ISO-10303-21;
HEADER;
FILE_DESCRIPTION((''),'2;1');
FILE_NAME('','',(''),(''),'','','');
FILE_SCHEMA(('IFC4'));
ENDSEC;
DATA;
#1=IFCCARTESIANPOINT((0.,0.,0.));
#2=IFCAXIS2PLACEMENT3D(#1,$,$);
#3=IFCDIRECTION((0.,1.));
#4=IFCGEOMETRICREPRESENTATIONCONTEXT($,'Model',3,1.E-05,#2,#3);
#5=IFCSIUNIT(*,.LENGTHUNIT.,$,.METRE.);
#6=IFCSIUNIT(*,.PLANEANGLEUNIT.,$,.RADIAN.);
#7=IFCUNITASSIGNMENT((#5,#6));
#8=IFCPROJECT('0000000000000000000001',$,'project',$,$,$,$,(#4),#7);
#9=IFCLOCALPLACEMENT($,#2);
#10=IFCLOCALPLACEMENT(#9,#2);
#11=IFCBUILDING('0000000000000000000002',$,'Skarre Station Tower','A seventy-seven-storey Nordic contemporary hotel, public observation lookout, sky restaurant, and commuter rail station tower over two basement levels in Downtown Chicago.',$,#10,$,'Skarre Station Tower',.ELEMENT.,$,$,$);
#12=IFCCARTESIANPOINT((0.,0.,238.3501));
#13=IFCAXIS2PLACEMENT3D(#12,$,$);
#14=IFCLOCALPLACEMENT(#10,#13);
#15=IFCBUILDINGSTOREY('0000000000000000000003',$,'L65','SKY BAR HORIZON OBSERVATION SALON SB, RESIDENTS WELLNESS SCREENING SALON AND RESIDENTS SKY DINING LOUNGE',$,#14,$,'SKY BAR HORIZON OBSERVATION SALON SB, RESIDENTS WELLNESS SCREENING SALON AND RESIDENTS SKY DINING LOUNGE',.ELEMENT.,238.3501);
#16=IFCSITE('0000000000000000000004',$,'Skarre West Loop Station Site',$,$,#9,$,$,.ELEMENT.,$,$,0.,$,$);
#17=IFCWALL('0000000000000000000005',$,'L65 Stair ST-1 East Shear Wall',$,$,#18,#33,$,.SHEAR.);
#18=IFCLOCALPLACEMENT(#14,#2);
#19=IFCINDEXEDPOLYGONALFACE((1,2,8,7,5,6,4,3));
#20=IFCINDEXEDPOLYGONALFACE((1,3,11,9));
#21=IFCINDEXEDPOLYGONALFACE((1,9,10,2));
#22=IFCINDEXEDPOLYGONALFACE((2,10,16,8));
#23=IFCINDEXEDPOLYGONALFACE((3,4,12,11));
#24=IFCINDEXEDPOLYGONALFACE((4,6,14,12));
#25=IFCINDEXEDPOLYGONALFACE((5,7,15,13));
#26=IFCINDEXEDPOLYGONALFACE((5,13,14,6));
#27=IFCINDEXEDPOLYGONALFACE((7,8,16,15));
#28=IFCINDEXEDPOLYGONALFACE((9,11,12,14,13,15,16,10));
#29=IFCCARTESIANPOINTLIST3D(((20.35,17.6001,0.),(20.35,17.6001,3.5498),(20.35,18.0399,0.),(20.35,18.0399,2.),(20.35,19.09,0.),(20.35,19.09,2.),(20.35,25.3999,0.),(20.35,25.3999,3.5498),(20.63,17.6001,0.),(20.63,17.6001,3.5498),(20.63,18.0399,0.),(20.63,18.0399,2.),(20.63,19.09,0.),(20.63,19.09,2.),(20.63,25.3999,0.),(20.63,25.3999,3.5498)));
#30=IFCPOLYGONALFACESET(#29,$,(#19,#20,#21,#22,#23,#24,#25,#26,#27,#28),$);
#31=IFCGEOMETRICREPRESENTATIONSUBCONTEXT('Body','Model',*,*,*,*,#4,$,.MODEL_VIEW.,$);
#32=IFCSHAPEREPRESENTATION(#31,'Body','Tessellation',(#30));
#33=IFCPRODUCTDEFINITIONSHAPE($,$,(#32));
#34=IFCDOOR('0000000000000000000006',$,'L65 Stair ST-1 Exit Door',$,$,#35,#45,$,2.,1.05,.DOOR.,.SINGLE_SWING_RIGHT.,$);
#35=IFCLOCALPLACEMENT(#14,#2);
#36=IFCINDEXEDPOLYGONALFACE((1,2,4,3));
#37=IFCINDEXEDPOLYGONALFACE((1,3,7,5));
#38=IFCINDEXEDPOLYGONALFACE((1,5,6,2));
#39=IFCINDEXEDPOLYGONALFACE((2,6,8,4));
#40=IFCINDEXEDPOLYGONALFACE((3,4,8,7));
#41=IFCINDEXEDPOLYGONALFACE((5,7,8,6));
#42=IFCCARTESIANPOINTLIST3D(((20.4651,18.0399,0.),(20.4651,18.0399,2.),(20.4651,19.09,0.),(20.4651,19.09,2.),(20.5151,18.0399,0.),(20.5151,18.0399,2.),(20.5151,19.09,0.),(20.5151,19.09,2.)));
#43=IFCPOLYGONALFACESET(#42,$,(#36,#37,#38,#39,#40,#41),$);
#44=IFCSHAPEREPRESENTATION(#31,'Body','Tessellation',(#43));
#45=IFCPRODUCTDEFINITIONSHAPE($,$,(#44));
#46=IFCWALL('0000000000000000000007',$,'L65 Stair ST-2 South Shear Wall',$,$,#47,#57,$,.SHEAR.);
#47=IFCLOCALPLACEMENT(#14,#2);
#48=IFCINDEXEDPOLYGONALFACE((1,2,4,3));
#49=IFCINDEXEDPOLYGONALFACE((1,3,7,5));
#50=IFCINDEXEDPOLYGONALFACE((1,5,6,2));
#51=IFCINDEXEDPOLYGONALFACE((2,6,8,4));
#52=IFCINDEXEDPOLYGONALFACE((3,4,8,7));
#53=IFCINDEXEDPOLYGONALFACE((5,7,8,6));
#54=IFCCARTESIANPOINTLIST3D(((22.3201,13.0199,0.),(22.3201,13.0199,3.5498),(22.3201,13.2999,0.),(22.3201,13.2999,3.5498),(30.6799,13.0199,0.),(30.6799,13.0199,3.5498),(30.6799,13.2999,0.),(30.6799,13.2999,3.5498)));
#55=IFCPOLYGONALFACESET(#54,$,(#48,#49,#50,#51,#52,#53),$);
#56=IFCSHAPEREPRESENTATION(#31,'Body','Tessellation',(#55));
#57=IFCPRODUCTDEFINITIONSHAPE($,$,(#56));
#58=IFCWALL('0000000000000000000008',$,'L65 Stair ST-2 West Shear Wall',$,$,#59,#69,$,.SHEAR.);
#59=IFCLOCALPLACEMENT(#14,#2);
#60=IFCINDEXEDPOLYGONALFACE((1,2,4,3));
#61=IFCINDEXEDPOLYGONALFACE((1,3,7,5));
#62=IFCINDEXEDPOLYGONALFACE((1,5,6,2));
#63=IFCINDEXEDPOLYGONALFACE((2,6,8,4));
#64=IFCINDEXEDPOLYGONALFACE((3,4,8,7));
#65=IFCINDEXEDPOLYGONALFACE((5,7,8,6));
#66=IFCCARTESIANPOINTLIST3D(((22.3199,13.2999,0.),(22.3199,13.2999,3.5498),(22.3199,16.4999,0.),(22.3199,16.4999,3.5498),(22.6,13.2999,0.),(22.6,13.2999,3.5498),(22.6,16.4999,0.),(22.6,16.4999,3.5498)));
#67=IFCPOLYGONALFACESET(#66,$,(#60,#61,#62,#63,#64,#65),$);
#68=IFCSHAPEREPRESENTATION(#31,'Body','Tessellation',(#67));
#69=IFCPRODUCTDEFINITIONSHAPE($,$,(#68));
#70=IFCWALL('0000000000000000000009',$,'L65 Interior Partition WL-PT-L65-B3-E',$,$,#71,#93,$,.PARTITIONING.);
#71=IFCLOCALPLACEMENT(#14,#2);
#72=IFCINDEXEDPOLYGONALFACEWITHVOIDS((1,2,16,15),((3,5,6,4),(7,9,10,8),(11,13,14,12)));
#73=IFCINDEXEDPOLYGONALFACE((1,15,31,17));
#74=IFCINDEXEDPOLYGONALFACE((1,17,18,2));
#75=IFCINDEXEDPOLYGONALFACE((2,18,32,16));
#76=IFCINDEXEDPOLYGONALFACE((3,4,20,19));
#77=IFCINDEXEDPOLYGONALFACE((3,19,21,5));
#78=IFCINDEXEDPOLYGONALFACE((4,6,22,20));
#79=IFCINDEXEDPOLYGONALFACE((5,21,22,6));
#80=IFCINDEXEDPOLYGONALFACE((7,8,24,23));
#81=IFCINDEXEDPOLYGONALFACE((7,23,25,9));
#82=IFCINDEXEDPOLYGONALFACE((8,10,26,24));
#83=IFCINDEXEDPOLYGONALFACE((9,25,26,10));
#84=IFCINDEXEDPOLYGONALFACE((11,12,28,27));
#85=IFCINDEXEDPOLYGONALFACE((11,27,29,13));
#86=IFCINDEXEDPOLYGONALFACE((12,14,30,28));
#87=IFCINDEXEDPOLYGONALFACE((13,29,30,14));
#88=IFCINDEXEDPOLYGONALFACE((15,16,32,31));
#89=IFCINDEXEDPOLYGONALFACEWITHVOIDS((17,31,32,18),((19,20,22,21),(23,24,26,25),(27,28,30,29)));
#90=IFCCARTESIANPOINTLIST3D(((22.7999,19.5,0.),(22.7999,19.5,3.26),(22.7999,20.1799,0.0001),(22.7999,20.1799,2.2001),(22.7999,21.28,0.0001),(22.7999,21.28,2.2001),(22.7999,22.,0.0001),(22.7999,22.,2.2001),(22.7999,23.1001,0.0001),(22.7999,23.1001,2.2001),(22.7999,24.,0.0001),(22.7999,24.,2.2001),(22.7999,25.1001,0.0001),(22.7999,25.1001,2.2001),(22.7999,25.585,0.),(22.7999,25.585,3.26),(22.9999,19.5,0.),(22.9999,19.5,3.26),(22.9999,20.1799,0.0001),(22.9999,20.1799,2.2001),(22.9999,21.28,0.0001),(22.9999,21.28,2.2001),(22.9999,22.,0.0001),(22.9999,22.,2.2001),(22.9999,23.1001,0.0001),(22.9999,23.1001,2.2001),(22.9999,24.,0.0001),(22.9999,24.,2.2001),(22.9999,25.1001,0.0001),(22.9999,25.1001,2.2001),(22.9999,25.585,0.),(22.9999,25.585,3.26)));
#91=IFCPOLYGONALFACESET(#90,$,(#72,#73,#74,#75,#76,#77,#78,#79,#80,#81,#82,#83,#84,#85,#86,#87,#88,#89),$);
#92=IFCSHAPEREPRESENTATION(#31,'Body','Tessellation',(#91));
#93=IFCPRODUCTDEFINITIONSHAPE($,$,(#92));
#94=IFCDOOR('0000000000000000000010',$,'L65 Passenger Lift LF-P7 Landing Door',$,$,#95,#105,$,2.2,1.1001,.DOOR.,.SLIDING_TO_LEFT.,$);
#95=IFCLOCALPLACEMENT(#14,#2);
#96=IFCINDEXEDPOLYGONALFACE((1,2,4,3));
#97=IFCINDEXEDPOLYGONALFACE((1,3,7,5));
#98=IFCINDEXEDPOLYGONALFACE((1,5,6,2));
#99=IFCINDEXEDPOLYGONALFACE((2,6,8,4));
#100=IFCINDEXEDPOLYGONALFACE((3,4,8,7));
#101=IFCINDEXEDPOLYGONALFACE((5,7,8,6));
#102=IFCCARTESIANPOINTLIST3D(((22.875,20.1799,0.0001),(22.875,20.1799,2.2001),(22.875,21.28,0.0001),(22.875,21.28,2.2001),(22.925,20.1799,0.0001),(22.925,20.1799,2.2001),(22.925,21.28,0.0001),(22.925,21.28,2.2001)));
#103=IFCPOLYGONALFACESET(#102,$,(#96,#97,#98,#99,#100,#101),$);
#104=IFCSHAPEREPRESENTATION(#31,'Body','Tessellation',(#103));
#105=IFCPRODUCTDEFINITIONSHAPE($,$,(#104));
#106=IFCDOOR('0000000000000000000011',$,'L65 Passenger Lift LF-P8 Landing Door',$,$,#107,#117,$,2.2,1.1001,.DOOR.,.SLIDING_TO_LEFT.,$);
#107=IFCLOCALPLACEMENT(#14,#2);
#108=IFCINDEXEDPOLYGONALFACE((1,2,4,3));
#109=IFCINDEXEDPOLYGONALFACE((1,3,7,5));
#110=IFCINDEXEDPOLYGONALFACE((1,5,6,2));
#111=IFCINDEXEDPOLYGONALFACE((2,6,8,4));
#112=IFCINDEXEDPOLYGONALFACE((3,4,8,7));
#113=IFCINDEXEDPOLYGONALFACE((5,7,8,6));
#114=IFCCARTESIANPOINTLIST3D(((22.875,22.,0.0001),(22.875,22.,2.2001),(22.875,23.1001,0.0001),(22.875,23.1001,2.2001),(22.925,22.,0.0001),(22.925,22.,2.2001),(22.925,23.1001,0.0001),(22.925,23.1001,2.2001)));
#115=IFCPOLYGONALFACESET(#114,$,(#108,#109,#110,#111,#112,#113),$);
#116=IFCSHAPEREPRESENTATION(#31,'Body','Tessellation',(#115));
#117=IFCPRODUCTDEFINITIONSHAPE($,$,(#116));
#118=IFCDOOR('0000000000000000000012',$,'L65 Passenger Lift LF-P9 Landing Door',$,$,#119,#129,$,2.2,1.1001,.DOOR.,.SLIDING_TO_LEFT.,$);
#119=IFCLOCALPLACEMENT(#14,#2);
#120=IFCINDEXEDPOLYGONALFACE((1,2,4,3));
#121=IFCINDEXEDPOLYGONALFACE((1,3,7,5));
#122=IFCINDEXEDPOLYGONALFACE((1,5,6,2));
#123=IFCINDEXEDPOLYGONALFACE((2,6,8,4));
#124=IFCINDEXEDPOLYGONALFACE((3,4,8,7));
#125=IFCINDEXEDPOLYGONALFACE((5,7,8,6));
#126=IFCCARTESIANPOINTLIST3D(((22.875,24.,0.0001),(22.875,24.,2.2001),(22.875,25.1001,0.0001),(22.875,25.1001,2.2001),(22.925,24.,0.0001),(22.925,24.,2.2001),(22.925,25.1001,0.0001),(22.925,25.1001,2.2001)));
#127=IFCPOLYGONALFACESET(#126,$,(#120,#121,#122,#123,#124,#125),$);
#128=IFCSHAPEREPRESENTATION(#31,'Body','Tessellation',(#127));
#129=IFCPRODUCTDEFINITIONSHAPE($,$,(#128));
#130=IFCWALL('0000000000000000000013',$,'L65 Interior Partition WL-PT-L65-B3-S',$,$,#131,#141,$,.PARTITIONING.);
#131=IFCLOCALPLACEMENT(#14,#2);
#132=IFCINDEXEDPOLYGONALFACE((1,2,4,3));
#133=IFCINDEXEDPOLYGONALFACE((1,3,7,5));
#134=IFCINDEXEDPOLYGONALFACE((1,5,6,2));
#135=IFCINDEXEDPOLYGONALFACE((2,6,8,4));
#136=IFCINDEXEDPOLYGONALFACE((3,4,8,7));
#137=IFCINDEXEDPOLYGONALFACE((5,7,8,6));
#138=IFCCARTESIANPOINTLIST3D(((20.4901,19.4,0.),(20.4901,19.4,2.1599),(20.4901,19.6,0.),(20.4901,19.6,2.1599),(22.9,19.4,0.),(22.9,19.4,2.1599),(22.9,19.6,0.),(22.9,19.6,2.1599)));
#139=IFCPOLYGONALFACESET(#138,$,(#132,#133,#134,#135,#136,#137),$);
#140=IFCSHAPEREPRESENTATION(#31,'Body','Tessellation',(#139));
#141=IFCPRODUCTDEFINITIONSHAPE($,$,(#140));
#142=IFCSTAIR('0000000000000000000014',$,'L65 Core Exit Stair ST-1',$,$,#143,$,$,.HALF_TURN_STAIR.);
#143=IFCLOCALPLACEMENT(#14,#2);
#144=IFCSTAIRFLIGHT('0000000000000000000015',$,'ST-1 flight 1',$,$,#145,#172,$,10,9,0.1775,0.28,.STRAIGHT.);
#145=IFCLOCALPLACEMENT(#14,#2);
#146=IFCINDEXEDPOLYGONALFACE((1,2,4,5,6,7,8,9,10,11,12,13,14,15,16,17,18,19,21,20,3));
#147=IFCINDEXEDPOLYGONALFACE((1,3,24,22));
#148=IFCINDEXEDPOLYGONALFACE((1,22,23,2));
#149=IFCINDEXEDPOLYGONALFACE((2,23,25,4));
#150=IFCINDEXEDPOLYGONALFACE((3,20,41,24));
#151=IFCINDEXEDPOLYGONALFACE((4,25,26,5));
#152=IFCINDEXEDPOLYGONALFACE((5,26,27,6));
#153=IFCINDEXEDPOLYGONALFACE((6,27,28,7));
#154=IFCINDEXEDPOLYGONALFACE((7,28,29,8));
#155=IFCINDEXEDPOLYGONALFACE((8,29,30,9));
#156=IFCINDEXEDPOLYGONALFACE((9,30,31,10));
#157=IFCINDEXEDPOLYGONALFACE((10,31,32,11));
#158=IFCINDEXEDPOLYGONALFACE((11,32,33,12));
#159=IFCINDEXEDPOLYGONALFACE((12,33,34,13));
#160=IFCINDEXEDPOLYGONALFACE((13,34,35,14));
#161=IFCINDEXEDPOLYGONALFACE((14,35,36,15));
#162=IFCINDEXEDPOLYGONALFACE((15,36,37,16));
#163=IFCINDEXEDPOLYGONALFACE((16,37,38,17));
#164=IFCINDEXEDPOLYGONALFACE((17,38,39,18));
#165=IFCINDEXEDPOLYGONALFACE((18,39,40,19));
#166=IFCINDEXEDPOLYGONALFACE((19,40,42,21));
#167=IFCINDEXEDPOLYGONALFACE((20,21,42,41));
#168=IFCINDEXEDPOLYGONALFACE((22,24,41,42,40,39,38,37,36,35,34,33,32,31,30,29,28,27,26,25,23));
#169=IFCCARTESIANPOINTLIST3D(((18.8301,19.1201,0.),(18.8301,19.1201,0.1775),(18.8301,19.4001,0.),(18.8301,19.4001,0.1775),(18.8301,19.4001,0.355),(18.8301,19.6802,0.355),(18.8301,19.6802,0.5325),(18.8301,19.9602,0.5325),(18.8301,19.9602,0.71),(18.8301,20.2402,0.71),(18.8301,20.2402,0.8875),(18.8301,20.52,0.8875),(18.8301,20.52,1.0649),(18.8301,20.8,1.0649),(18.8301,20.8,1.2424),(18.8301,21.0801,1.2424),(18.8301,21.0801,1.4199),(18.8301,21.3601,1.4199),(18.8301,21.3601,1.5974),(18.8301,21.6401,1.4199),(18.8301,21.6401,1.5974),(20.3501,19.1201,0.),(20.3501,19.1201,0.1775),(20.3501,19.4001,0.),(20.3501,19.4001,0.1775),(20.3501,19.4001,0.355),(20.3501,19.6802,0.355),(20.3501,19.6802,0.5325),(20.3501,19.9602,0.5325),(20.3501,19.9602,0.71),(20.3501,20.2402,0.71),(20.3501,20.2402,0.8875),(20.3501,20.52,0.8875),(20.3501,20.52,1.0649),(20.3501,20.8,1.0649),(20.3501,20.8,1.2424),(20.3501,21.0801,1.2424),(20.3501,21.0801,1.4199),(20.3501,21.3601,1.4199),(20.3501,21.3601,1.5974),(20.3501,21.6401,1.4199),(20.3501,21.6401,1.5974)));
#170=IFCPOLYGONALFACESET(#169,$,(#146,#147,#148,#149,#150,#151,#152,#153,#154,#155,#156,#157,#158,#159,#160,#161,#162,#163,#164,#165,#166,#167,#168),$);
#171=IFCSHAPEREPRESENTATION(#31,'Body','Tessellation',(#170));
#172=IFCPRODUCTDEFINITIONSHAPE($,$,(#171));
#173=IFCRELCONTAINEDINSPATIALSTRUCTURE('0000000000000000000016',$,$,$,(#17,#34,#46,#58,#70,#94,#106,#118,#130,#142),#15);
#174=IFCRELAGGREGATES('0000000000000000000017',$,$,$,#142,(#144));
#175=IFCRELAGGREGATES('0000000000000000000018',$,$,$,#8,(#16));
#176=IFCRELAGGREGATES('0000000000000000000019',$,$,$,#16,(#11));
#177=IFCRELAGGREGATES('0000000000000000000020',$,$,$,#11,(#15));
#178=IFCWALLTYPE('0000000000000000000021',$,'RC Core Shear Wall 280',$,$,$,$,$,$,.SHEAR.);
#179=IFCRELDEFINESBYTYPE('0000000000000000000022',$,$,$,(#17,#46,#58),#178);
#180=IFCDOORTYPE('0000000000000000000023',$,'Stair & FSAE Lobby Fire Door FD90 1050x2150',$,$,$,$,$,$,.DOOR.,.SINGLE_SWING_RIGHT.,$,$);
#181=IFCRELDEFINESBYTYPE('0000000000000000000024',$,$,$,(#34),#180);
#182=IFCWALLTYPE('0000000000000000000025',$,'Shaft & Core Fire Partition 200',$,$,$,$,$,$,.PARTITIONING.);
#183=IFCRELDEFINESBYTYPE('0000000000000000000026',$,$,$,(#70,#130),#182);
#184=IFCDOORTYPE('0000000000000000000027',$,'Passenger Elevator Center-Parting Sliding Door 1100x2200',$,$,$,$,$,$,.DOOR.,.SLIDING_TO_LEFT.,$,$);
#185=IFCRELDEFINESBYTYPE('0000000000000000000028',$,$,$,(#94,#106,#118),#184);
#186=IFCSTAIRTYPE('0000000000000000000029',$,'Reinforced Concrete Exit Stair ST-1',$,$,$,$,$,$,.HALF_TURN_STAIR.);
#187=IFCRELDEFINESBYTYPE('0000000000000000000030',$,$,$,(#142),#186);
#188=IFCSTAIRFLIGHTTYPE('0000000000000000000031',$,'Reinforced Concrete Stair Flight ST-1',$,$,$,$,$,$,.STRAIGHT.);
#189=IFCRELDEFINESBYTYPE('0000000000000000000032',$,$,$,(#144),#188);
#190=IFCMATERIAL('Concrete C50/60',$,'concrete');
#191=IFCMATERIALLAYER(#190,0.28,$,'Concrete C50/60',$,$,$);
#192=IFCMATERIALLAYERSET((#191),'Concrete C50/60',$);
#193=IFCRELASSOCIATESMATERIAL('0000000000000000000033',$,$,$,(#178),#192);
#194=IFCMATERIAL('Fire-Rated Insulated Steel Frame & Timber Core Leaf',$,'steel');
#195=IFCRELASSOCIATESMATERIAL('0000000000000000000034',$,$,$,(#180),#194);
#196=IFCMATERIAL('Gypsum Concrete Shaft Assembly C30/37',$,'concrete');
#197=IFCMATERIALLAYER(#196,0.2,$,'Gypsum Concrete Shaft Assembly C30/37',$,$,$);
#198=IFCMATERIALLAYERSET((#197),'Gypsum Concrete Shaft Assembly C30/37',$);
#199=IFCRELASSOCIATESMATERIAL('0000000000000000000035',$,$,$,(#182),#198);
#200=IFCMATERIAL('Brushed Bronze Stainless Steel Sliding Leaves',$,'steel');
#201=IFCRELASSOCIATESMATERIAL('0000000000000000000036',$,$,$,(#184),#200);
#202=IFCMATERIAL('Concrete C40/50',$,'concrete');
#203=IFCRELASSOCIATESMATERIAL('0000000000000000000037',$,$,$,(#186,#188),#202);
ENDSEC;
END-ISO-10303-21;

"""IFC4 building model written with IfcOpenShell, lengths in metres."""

from ifc_helpers import new_model, si_unit, direction, frame, frame_2d, origin, place, context, subcontext, project, spatial, polyline, rectangle, outline, extrude, material, layer, layer_set, type_object, element, fill, aggregate, save


model = new_model("IFC4")

# Units and contexts
model_context = context("Model", 3, precision=1e-05, world=origin(), true_north=direction((0.0, 1.0)))
body_context = subcontext(model_context, "Body", "Model", "MODEL_VIEW")
ifc_project = project(units=[si_unit("LENGTHUNIT", "METRE"), si_unit("PLANEANGLEUNIT", "RADIAN")], contexts=[model_context])

# Site, building, storey
site_placement = place(None, origin())
site = spatial("IfcSite", under=ifc_project, at=site_placement, Name="Skarre West Loop Station Site", CompositionType="ELEMENT", RefElevation=0.0)
building_placement = place(site_placement, origin())
building = spatial("IfcBuilding", under=site, at=building_placement, Name="Skarre Station Tower", Description="A seventy-seven-storey Nordic contemporary hotel, public observation lookout, sky restaurant, and commuter rail station tower over two basement levels in Downtown Chicago.", LongName="Skarre Station Tower", CompositionType="ELEMENT")
storey_placement = place(building_placement, frame((0.0, 0.0, 238.3501)))
storey = spatial("IfcBuildingStorey", under=building, at=storey_placement, Name="L65", Description="SKY BAR HORIZON OBSERVATION SALON SB, RESIDENTS WELLNESS SCREENING SALON AND RESIDENTS SKY DINING LOUNGE", LongName="SKY BAR HORIZON OBSERVATION SALON SB, RESIDENTS WELLNESS SCREENING SALON AND RESIDENTS SKY DINING LOUNGE", CompositionType="ELEMENT", Elevation=238.3501)

# Shared definitions
ifc_material_1 = material(Name="Concrete C50/60", Category="concrete")

# Wall, opening, door
ifc_layer_1 = layer(ifc_material_1, 0.28, Name="Concrete C50/60")
ifc_layer_set_1 = layer_set([ifc_layer_1], Name="Concrete C50/60")
wall_type_1 = type_object("IfcWallType", Name="RC Core Shear Wall 280", PredefinedType="SHEAR", material=ifc_layer_set_1)
wall_1_placement = place(storey_placement, frame((20.49, 17.6001, 0.0), z_axis=(0.0, 0.0, 1.0), x_axis=(0.0, 1.0, 0.0)))
wall_1 = element("IfcWall", 1, at=wall_1_placement, inside=storey, type_object=wall_type_1, Name="L65 Stair ST-1 East Shear Wall", PredefinedType="SHEAR", context=body_context, shape_type="SweptSolid", body=[
    extrude(rectangle(XDim=7.7998, YDim=0.28, at=frame_2d((3.8999, 0.0))), origin(), (0.0, 0.0, 1.0), 3.5498),
])
opening_1_placement = place(wall_1_placement, frame((0.4399, 0.0, 0.0)))
opening_1 = element("IfcOpeningElement", 2, at=opening_1_placement, cuts=wall_1, PredefinedType="OPENING", context=body_context, shape_type="SweptSolid", body=[
    extrude(rectangle(XDim=1.05, YDim=2.0, at=frame_2d((0.5249, 1.0))), frame((0.0, 0.1499, 0.0), z_axis=(0.0, -1.0, 0.0), x_axis=(1.0, 0.0, 0.0)), (0.0, 0.0, 1.0), 0.3),
])
ifc_material_2 = material(Name="Fire-Rated Insulated Steel Frame & Timber Core Leaf", Category="steel")
door_type_1 = type_object("IfcDoorType", Name="Stair & FSAE Lobby Fire Door FD90 1050x2150", OperationType="SINGLE_SWING_RIGHT", PredefinedType="DOOR", material=ifc_material_2)
door_1_placement = place(opening_1_placement, origin())
door_1 = element("IfcDoor", 3, at=door_1_placement, inside=storey, type_object=door_type_1, Name="L65 Stair ST-1 Exit Door", OperationType="SINGLE_SWING_RIGHT", OverallHeight=2.0, OverallWidth=1.05, PredefinedType="DOOR", context=body_context, shape_type="SweptSolid", body=[
    extrude(rectangle(XDim=1.05, YDim=2.0, at=frame_2d((0.5249, 1.0))), frame((0.0, 0.0249, 0.0), z_axis=(0.0, -1.0, 0.0), x_axis=(1.0, 0.0, 0.0)), (0.0, 0.0, 1.0), 0.05),
])
fill(opening_1, door_1)

# Walls
wall_2_placement = place(storey_placement, frame((22.3201, 13.1599, 0.0), z_axis=(0.0, 0.0, 1.0), x_axis=(1.0, 0.0, 0.0)))
element("IfcWall", 4, at=wall_2_placement, inside=storey, type_object=wall_type_1, Name="L65 Stair ST-2 South Shear Wall", PredefinedType="SHEAR", context=body_context, shape_type="SweptSolid", body=[
    extrude(rectangle(XDim=8.3599, YDim=0.28, at=frame_2d((4.1799, 0.0))), origin(), (0.0, 0.0, 1.0), 3.5498),
])
wall_3_placement = place(storey_placement, frame((22.46, 16.5, 0.0), z_axis=(0.0, 0.0, 1.0), x_axis=(0.0, -1.0, 0.0)))
element("IfcWall", 5, at=wall_3_placement, inside=storey, type_object=wall_type_1, Name="L65 Stair ST-2 West Shear Wall", PredefinedType="SHEAR", context=body_context, shape_type="SweptSolid", body=[
    extrude(rectangle(XDim=3.2, YDim=0.28, at=frame_2d((1.6001, 0.0))), origin(), (0.0, 0.0, 1.0), 3.5498),
])

# Wall, openings, doors
ifc_material_3 = material(Name="Gypsum Concrete Shaft Assembly C30/37", Category="concrete")
ifc_layer_2 = layer(ifc_material_3, 0.2, Name="Gypsum Concrete Shaft Assembly C30/37")
ifc_layer_set_2 = layer_set([ifc_layer_2], Name="Gypsum Concrete Shaft Assembly C30/37")
wall_type_2 = type_object("IfcWallType", Name="Shaft & Core Fire Partition 200", PredefinedType="PARTITIONING", material=ifc_layer_set_2)
wall_4_placement = place(storey_placement, frame((22.8999, 19.5, 0.0), z_axis=(0.0, 0.0, 1.0), x_axis=(0.0, 1.0, 0.0)))
wall_4 = element("IfcWall", 6, at=wall_4_placement, inside=storey, type_object=wall_type_2, Name="L65 Interior Partition WL-PT-L65-B3-E", PredefinedType="PARTITIONING", context=body_context, shape_type="SweptSolid", body=[
    extrude(rectangle(XDim=6.085, YDim=0.2, at=frame_2d((3.0425, 0.0))), origin(), (0.0, 0.0, 1.0), 3.26),
])
opening_2_placement = place(wall_4_placement, frame((0.6799, 0.0, 0.0)))
opening_2 = element("IfcOpeningElement", 7, at=opening_2_placement, cuts=wall_4, PredefinedType="OPENING", context=body_context, shape_type="SweptSolid", body=[
    extrude(rectangle(XDim=1.1001, YDim=2.2, at=frame_2d((0.55, 1.1001))), frame((0.0, 0.1099, 0.0), z_axis=(0.0, -1.0, 0.0), x_axis=(1.0, 0.0, 0.0)), (0.0, 0.0, 1.0), 0.22),
])
opening_3_placement = place(wall_4_placement, frame((2.5, 0.0, 0.0)))
opening_3 = element("IfcOpeningElement", 8, at=opening_3_placement, cuts=wall_4, PredefinedType="OPENING", context=body_context, shape_type="SweptSolid", body=[
    extrude(rectangle(XDim=1.1001, YDim=2.2, at=frame_2d((0.55, 1.1001))), frame((0.0, 0.1099, 0.0), z_axis=(0.0, -1.0, 0.0), x_axis=(1.0, 0.0, 0.0)), (0.0, 0.0, 1.0), 0.22),
])
opening_4_placement = place(wall_4_placement, frame((4.5, 0.0, 0.0)))
opening_4 = element("IfcOpeningElement", 9, at=opening_4_placement, cuts=wall_4, PredefinedType="OPENING", context=body_context, shape_type="SweptSolid", body=[
    extrude(rectangle(XDim=1.1001, YDim=2.2, at=frame_2d((0.55, 1.1001))), frame((0.0, 0.1099, 0.0), z_axis=(0.0, -1.0, 0.0), x_axis=(1.0, 0.0, 0.0)), (0.0, 0.0, 1.0), 0.22),
])
ifc_material_4 = material(Name="Brushed Bronze Stainless Steel Sliding Leaves", Category="steel")
door_type_2 = type_object("IfcDoorType", Name="Passenger Elevator Center-Parting Sliding Door 1100x2200", OperationType="SLIDING_TO_LEFT", PredefinedType="DOOR", material=ifc_material_4)
door_2_placement = place(opening_2_placement, origin())
door_2 = element("IfcDoor", 10, at=door_2_placement, inside=storey, type_object=door_type_2, Name="L65 Passenger Lift LF-P7 Landing Door", OperationType="SLIDING_TO_LEFT", OverallHeight=2.2, OverallWidth=1.1001, PredefinedType="DOOR", context=body_context, shape_type="SweptSolid", body=[
    extrude(rectangle(XDim=1.1001, YDim=2.2, at=frame_2d((0.55, 1.1001))), frame((0.0, 0.0249, 0.0), z_axis=(0.0, -1.0, 0.0), x_axis=(1.0, 0.0, 0.0)), (0.0, 0.0, 1.0), 0.05),
])
fill(opening_2, door_2)
door_3_placement = place(opening_3_placement, origin())
door_3 = element("IfcDoor", 11, at=door_3_placement, inside=storey, type_object=door_type_2, Name="L65 Passenger Lift LF-P8 Landing Door", OperationType="SLIDING_TO_LEFT", OverallHeight=2.2, OverallWidth=1.1001, PredefinedType="DOOR", context=body_context, shape_type="SweptSolid", body=[
    extrude(rectangle(XDim=1.1001, YDim=2.2, at=frame_2d((0.55, 1.1001))), frame((0.0, 0.0249, 0.0), z_axis=(0.0, -1.0, 0.0), x_axis=(1.0, 0.0, 0.0)), (0.0, 0.0, 1.0), 0.05),
])
fill(opening_3, door_3)
door_4_placement = place(opening_4_placement, origin())
door_4 = element("IfcDoor", 12, at=door_4_placement, inside=storey, type_object=door_type_2, Name="L65 Passenger Lift LF-P9 Landing Door", OperationType="SLIDING_TO_LEFT", OverallHeight=2.2, OverallWidth=1.1001, PredefinedType="DOOR", context=body_context, shape_type="SweptSolid", body=[
    extrude(rectangle(XDim=1.1001, YDim=2.2, at=frame_2d((0.55, 1.1001))), frame((0.0, 0.0249, 0.0), z_axis=(0.0, -1.0, 0.0), x_axis=(1.0, 0.0, 0.0)), (0.0, 0.0, 1.0), 0.05),
])
fill(opening_4, door_4)

# Wall
wall_5_placement = place(storey_placement, frame((20.49, 19.5, 0.0), z_axis=(0.0, 0.0, 1.0), x_axis=(1.0, 0.0, 0.0)))
element("IfcWall", 13, at=wall_5_placement, inside=storey, type_object=wall_type_2, Name="L65 Interior Partition WL-PT-L65-B3-S", PredefinedType="PARTITIONING", context=body_context, shape_type="SweptSolid", body=[
    extrude(rectangle(XDim=2.4099, YDim=0.2, at=frame_2d((1.2051, 0.0))), origin(), (0.0, 0.0, 1.0), 2.1599),
])

# Stair, stair flight
ifc_material_5 = material(Name="Concrete C40/50", Category="concrete")
stair_type = type_object("IfcStairType", Name="Reinforced Concrete Exit Stair ST-1", PredefinedType="HALF_TURN_STAIR", material=ifc_material_5)
stair_placement = place(storey_placement, origin())
stair = element("IfcStair", 14, at=stair_placement, inside=storey, type_object=stair_type, Name="L65 Core Exit Stair ST-1", PredefinedType="HALF_TURN_STAIR")
stair_flight_type = type_object("IfcStairFlightType", Name="Reinforced Concrete Stair Flight ST-1", PredefinedType="STRAIGHT", material=ifc_material_5)
stair_flight_placement = place(storey_placement, frame((19.5901, 19.1201, 0.0), z_axis=(0.0, 0.0, 1.0), x_axis=(0.0, 1.0, 0.0)))
stair_flight = element("IfcStairFlight", 15, at=stair_flight_placement, type_object=stair_flight_type, Name="ST-1 flight 1", NumberOfRisers=10, NumberOfTreads=9, PredefinedType="STRAIGHT", RiserHeight=0.1775, TreadLength=0.28, context=body_context, shape_type="SweptSolid", body=[
    extrude(outline(polyline([(0.0, 0.0), (0.0, 0.1775), (0.28, 0.1775), (0.28, 0.355), (0.5601, 0.355), (0.5601, 0.5325), (0.8401, 0.5325), (0.8401, 0.71), (1.1201, 0.71), (1.1201, 0.8875), (1.3999, 0.8875), (1.3999, 1.0649), (1.6799, 1.0649), (1.6799, 1.2424), (1.96, 1.2424), (1.96, 1.4199), (2.24, 1.4199), (2.24, 1.5974), (2.52, 1.5974), (2.52, 1.7749), (2.52, 1.4199), (0.28, 0.0), (0.0, 0.0)])), frame((0.0, 0.76, 0.0), z_axis=(0.0, -1.0, 0.0), x_axis=(1.0, 0.0, 0.0)), (0.0, 0.0, 1.0), 1.52),
])
aggregate(stair, [stair_flight])

save(model, "model.ifc")
